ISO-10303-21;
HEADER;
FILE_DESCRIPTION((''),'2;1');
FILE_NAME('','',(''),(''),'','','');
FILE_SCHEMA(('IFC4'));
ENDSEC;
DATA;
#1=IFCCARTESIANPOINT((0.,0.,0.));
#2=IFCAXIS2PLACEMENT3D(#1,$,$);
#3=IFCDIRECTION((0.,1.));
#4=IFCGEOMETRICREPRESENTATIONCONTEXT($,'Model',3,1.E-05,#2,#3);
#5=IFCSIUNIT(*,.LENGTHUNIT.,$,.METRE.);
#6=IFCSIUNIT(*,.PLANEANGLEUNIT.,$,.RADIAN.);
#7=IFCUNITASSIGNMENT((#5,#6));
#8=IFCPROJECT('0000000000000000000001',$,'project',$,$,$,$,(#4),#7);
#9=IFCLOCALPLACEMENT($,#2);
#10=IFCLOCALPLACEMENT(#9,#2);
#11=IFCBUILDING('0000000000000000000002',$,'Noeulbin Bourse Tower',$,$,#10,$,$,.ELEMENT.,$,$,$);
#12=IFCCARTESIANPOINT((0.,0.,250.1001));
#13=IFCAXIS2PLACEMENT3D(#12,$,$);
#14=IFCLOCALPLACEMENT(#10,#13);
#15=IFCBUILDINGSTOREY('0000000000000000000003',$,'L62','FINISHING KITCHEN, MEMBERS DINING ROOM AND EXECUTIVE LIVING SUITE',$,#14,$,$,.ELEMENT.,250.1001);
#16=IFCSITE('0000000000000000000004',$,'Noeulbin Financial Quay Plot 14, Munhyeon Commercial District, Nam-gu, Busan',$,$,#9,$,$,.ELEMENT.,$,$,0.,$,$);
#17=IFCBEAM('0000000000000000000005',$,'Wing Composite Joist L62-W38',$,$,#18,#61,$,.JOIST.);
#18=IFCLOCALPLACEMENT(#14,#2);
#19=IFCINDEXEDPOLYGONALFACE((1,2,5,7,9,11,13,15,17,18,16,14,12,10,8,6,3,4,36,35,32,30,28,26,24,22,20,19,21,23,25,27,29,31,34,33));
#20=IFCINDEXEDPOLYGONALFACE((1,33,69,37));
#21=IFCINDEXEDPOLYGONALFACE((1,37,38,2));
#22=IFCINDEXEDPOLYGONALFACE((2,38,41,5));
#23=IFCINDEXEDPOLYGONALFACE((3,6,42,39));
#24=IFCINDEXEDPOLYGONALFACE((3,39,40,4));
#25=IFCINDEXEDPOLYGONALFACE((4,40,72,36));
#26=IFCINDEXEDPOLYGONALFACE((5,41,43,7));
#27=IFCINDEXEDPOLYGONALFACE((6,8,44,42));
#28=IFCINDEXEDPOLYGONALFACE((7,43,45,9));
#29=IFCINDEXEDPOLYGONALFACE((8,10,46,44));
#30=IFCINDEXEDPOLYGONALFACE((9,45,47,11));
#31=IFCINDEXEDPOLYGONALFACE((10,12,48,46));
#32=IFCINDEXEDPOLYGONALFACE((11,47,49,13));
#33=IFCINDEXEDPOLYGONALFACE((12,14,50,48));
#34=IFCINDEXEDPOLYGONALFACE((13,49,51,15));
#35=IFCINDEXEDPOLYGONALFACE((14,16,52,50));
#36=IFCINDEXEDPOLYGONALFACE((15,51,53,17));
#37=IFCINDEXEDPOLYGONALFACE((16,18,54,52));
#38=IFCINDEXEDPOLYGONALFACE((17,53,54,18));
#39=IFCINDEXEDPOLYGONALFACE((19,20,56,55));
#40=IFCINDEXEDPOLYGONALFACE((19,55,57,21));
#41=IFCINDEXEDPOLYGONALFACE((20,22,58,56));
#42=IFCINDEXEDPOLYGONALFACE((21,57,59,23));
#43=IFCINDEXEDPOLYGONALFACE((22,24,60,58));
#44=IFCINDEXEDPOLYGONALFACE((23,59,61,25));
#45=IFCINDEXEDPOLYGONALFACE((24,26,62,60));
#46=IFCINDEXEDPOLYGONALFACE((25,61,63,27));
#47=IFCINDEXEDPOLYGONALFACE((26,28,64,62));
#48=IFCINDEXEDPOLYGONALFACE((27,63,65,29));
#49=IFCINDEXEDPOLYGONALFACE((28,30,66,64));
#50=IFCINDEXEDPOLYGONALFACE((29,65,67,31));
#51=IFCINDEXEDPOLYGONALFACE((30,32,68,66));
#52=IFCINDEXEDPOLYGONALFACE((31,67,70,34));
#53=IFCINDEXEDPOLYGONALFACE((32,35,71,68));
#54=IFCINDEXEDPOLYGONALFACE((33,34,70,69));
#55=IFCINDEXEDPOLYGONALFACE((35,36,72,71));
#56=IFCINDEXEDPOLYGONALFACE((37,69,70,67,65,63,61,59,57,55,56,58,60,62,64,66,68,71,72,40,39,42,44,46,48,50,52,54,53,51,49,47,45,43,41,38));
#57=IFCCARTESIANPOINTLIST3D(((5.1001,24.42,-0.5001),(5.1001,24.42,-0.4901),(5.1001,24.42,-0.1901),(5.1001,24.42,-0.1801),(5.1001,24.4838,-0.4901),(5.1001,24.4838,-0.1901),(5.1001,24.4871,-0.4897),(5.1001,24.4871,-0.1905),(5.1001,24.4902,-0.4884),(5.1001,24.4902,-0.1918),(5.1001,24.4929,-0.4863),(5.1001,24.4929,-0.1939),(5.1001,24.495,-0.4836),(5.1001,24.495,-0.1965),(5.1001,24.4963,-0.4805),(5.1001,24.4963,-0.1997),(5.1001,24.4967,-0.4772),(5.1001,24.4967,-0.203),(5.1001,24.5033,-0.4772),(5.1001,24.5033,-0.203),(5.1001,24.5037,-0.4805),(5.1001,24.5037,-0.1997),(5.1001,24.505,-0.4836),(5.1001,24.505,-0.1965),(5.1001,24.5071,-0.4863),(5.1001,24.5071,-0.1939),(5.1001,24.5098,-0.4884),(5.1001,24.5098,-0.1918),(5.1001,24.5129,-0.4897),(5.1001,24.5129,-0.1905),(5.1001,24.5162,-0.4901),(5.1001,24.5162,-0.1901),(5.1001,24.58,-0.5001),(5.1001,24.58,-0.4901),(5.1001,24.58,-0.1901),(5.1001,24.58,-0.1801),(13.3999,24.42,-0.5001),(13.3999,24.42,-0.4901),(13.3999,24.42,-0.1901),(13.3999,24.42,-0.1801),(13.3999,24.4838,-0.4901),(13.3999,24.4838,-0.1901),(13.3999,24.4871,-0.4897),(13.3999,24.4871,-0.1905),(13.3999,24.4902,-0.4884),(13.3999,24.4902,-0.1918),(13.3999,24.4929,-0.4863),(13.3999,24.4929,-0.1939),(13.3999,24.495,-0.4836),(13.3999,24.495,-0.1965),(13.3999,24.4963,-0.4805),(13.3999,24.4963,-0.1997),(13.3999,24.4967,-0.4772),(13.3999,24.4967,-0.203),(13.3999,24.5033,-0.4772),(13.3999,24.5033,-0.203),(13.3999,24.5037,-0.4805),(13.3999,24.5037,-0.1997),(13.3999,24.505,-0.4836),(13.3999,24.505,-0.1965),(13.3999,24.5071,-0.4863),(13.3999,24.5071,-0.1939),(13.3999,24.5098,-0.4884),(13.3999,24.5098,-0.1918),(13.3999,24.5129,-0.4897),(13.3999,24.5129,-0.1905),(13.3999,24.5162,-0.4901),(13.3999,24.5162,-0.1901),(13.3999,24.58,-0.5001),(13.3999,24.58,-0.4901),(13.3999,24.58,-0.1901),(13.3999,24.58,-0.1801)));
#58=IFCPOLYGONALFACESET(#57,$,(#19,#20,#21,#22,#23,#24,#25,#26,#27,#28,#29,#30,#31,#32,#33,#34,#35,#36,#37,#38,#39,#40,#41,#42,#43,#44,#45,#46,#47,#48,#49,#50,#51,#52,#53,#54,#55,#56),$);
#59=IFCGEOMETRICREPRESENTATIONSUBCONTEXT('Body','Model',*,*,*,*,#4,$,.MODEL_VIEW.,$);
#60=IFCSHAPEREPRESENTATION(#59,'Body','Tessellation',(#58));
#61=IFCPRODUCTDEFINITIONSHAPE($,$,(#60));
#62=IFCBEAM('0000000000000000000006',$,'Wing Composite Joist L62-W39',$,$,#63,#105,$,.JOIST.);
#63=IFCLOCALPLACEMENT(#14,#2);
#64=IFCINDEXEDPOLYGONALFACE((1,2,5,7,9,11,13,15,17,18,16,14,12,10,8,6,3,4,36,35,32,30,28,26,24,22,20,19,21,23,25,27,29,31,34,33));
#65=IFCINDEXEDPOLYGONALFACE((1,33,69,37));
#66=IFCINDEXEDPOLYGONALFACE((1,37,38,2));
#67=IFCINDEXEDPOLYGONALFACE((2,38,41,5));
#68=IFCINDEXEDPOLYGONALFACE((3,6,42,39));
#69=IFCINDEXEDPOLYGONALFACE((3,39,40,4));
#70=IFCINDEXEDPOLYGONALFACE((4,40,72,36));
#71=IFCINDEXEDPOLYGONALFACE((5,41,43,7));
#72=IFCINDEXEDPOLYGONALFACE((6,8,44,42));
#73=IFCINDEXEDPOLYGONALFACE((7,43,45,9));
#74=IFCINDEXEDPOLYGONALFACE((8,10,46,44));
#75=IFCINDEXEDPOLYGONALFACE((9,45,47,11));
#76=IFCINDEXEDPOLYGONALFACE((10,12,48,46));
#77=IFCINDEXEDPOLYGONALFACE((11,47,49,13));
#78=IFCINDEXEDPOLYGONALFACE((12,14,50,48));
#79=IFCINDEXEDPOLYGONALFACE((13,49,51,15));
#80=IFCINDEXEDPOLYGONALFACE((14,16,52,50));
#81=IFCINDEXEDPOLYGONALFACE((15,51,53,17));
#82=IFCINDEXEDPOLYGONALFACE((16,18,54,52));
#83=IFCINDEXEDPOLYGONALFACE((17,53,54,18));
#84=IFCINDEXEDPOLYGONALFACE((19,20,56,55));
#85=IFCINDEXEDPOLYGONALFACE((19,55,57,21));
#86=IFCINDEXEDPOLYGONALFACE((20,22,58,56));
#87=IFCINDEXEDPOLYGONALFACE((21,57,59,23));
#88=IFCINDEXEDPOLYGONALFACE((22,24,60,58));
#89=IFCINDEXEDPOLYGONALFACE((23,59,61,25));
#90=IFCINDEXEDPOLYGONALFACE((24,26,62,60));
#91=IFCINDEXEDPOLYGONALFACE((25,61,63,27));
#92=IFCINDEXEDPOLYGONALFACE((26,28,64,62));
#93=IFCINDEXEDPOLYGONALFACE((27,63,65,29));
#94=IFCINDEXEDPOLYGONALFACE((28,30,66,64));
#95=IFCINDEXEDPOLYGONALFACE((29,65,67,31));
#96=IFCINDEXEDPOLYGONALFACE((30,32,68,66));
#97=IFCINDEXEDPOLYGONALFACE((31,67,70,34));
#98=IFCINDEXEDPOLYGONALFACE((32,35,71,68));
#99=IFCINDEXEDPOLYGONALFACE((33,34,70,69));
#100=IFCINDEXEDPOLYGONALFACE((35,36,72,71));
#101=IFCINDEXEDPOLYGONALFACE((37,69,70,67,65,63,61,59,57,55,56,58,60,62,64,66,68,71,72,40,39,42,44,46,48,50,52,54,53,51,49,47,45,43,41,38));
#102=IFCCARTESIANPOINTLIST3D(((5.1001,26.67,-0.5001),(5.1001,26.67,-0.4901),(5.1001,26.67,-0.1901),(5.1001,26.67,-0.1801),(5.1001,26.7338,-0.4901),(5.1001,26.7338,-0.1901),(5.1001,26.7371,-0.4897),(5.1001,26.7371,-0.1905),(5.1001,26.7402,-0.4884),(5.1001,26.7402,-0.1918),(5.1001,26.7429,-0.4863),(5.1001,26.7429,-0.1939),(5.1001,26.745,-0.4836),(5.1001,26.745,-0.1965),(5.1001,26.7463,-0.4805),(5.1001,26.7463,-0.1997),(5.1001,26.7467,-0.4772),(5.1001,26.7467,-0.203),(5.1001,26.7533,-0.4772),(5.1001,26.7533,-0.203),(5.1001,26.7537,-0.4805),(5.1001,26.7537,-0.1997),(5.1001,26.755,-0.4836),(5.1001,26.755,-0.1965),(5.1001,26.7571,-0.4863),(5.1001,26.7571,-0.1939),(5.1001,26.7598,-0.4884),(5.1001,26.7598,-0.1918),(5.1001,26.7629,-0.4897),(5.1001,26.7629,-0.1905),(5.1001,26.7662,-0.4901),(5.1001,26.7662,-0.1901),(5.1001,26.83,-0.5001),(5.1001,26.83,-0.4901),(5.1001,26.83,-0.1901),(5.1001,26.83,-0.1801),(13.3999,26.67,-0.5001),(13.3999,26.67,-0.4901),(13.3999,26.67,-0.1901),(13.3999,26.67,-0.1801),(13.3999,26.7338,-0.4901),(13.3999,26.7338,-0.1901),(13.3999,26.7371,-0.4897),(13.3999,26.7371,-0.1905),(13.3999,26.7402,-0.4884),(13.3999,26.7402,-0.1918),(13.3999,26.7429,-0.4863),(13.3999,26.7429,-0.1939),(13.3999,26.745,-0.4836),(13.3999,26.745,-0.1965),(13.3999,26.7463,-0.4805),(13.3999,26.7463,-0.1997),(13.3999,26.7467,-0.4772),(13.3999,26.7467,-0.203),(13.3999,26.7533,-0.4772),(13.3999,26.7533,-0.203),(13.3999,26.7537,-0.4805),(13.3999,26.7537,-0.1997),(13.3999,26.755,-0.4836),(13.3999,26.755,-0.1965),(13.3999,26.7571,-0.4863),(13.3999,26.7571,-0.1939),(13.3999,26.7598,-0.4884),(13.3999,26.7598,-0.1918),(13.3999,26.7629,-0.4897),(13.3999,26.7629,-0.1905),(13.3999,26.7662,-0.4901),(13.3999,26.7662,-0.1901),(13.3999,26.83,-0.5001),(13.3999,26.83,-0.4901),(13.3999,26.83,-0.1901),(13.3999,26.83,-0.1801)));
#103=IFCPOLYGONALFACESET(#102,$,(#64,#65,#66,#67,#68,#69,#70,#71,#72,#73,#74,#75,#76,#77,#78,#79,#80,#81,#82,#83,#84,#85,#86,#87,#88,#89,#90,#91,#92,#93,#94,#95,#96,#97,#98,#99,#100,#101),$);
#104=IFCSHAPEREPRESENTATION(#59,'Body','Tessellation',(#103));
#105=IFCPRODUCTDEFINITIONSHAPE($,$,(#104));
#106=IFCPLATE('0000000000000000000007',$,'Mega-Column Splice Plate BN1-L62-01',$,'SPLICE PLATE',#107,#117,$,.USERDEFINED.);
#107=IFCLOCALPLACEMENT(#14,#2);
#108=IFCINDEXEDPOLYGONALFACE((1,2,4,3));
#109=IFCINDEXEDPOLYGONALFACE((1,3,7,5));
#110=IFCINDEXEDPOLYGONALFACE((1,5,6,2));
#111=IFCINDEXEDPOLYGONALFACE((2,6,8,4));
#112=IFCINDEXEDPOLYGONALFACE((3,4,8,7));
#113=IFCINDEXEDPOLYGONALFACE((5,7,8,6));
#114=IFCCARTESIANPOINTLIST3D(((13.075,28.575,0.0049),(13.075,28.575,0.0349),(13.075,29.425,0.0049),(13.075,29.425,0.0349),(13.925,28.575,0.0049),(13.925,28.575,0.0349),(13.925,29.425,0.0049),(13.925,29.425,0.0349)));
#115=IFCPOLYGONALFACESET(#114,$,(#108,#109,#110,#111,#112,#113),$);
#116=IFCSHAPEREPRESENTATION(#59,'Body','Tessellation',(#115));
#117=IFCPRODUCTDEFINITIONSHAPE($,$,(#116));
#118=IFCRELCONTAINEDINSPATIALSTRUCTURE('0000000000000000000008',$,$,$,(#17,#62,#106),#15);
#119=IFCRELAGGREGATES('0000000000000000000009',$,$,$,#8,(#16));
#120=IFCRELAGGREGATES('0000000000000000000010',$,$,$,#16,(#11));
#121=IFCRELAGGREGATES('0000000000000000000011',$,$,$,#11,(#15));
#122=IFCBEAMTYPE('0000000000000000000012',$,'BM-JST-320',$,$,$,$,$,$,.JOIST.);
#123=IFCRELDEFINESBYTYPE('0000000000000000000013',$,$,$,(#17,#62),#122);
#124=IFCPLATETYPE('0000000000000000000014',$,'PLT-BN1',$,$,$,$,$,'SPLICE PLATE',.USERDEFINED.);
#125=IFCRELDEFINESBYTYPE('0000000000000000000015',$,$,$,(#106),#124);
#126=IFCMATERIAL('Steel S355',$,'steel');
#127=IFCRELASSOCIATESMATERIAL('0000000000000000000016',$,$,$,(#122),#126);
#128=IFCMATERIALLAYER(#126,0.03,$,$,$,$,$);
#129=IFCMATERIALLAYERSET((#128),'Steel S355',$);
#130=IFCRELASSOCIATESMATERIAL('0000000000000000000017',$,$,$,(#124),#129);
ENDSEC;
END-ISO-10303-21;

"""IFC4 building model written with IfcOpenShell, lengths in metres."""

from ifc_helpers import new_model, si_unit, direction, frame, origin, origin_2d, place, context, subcontext, project, spatial, rectangle, i_section, extrude, material, layer, layer_set, material_profile, profile_set, type_object, element, save


model = new_model("IFC4")

# Units and contexts
model_context = context("Model", 3, precision=1e-05, world=origin(), true_north=direction((0.0, 1.0)))
body_context = subcontext(model_context, "Body", "Model", "MODEL_VIEW")
ifc_project = project(units=[si_unit("LENGTHUNIT", "METRE"), si_unit("PLANEANGLEUNIT", "RADIAN")], contexts=[model_context])

# Site, building, storey
site_placement = place(None, origin())
site = spatial("IfcSite", under=ifc_project, at=site_placement, Name="Noeulbin Financial Quay Plot 14, Munhyeon Commercial District, Nam-gu, Busan", CompositionType="ELEMENT", RefElevation=0.0)
building_placement = place(site_placement, origin())
building = spatial("IfcBuilding", under=site, at=building_placement, Name="Noeulbin Bourse Tower", CompositionType="ELEMENT")
storey_placement = place(building_placement, frame((0.0, 0.0, 250.1001)))
storey = spatial("IfcBuildingStorey", under=building, at=storey_placement, Name="L62", Description="FINISHING KITCHEN, MEMBERS DINING ROOM AND EXECUTIVE LIVING SUITE", CompositionType="ELEMENT", Elevation=250.1001)

# Shared definitions
ifc_material_1 = material(Name="Steel S355", Category="steel")

# Beams
ifc_material_profile_1 = material_profile(ifc_material_1, i_section(OverallWidth=0.1599, OverallDepth=0.3201, WebThickness=0.0066, FlangeThickness=0.01, FilletRadius=0.0129, at=origin_2d()), Name="H-320x160x6.5x10", Category="LoadBearing")
ifc_profile_set_1 = profile_set([ifc_material_profile_1], Name="Steel S355")
beam_type_1 = type_object("IfcBeamType", Name="BM-JST-320", PredefinedType="JOIST", material=ifc_profile_set_1)
for number, where, z_axis, x_axis, name in (
    (1, (5.1001, 24.5, -0.3401), (1.0, 0.0, 0.0), (0.0, 1.0, 0.0), "Wing Composite Joist L62-W38"),
    (2, (5.1001, 26.75, -0.3401), (1.0, 0.0, 0.0), (0.0, 1.0, 0.0), "Wing Composite Joist L62-W39"),
):
    element("IfcBeam", number, at=place(storey_placement, frame(where, z_axis=z_axis, x_axis=x_axis)), inside=storey, type_object=beam_type_1, Name=name, PredefinedType="JOIST", context=body_context, shape_type="SweptSolid", body=[
        extrude(i_section(OverallWidth=0.1599, OverallDepth=0.3201, WebThickness=0.0066, FlangeThickness=0.01, FilletRadius=0.0129, at=origin_2d()), origin(), (0.0, 0.0, 1.0), 8.2998),
    ])

# Plate
ifc_layer_1 = layer(ifc_material_1, 0.03)
ifc_layer_set_1 = layer_set([ifc_layer_1], Name="Steel S355")
plate_type = type_object("IfcPlateType", Name="PLT-BN1", ElementType="SPLICE PLATE", PredefinedType="USERDEFINED", material=ifc_layer_set_1)
plate_placement = place(storey_placement, frame((13.5, 29.0, 0.0049), z_axis=(0.0, 0.0, 1.0), x_axis=(1.0, 0.0, 0.0)))
element("IfcPlate", 3, at=plate_placement, inside=storey, type_object=plate_type, Name="Mega-Column Splice Plate BN1-L62-01", ObjectType="SPLICE PLATE", PredefinedType="USERDEFINED", context=body_context, shape_type="SweptSolid", body=[
    extrude(rectangle(XDim=0.8501, YDim=0.8501, at=origin_2d()), origin(), (0.0, 0.0, 1.0), 0.03),
])

save(model, "model.ifc")
